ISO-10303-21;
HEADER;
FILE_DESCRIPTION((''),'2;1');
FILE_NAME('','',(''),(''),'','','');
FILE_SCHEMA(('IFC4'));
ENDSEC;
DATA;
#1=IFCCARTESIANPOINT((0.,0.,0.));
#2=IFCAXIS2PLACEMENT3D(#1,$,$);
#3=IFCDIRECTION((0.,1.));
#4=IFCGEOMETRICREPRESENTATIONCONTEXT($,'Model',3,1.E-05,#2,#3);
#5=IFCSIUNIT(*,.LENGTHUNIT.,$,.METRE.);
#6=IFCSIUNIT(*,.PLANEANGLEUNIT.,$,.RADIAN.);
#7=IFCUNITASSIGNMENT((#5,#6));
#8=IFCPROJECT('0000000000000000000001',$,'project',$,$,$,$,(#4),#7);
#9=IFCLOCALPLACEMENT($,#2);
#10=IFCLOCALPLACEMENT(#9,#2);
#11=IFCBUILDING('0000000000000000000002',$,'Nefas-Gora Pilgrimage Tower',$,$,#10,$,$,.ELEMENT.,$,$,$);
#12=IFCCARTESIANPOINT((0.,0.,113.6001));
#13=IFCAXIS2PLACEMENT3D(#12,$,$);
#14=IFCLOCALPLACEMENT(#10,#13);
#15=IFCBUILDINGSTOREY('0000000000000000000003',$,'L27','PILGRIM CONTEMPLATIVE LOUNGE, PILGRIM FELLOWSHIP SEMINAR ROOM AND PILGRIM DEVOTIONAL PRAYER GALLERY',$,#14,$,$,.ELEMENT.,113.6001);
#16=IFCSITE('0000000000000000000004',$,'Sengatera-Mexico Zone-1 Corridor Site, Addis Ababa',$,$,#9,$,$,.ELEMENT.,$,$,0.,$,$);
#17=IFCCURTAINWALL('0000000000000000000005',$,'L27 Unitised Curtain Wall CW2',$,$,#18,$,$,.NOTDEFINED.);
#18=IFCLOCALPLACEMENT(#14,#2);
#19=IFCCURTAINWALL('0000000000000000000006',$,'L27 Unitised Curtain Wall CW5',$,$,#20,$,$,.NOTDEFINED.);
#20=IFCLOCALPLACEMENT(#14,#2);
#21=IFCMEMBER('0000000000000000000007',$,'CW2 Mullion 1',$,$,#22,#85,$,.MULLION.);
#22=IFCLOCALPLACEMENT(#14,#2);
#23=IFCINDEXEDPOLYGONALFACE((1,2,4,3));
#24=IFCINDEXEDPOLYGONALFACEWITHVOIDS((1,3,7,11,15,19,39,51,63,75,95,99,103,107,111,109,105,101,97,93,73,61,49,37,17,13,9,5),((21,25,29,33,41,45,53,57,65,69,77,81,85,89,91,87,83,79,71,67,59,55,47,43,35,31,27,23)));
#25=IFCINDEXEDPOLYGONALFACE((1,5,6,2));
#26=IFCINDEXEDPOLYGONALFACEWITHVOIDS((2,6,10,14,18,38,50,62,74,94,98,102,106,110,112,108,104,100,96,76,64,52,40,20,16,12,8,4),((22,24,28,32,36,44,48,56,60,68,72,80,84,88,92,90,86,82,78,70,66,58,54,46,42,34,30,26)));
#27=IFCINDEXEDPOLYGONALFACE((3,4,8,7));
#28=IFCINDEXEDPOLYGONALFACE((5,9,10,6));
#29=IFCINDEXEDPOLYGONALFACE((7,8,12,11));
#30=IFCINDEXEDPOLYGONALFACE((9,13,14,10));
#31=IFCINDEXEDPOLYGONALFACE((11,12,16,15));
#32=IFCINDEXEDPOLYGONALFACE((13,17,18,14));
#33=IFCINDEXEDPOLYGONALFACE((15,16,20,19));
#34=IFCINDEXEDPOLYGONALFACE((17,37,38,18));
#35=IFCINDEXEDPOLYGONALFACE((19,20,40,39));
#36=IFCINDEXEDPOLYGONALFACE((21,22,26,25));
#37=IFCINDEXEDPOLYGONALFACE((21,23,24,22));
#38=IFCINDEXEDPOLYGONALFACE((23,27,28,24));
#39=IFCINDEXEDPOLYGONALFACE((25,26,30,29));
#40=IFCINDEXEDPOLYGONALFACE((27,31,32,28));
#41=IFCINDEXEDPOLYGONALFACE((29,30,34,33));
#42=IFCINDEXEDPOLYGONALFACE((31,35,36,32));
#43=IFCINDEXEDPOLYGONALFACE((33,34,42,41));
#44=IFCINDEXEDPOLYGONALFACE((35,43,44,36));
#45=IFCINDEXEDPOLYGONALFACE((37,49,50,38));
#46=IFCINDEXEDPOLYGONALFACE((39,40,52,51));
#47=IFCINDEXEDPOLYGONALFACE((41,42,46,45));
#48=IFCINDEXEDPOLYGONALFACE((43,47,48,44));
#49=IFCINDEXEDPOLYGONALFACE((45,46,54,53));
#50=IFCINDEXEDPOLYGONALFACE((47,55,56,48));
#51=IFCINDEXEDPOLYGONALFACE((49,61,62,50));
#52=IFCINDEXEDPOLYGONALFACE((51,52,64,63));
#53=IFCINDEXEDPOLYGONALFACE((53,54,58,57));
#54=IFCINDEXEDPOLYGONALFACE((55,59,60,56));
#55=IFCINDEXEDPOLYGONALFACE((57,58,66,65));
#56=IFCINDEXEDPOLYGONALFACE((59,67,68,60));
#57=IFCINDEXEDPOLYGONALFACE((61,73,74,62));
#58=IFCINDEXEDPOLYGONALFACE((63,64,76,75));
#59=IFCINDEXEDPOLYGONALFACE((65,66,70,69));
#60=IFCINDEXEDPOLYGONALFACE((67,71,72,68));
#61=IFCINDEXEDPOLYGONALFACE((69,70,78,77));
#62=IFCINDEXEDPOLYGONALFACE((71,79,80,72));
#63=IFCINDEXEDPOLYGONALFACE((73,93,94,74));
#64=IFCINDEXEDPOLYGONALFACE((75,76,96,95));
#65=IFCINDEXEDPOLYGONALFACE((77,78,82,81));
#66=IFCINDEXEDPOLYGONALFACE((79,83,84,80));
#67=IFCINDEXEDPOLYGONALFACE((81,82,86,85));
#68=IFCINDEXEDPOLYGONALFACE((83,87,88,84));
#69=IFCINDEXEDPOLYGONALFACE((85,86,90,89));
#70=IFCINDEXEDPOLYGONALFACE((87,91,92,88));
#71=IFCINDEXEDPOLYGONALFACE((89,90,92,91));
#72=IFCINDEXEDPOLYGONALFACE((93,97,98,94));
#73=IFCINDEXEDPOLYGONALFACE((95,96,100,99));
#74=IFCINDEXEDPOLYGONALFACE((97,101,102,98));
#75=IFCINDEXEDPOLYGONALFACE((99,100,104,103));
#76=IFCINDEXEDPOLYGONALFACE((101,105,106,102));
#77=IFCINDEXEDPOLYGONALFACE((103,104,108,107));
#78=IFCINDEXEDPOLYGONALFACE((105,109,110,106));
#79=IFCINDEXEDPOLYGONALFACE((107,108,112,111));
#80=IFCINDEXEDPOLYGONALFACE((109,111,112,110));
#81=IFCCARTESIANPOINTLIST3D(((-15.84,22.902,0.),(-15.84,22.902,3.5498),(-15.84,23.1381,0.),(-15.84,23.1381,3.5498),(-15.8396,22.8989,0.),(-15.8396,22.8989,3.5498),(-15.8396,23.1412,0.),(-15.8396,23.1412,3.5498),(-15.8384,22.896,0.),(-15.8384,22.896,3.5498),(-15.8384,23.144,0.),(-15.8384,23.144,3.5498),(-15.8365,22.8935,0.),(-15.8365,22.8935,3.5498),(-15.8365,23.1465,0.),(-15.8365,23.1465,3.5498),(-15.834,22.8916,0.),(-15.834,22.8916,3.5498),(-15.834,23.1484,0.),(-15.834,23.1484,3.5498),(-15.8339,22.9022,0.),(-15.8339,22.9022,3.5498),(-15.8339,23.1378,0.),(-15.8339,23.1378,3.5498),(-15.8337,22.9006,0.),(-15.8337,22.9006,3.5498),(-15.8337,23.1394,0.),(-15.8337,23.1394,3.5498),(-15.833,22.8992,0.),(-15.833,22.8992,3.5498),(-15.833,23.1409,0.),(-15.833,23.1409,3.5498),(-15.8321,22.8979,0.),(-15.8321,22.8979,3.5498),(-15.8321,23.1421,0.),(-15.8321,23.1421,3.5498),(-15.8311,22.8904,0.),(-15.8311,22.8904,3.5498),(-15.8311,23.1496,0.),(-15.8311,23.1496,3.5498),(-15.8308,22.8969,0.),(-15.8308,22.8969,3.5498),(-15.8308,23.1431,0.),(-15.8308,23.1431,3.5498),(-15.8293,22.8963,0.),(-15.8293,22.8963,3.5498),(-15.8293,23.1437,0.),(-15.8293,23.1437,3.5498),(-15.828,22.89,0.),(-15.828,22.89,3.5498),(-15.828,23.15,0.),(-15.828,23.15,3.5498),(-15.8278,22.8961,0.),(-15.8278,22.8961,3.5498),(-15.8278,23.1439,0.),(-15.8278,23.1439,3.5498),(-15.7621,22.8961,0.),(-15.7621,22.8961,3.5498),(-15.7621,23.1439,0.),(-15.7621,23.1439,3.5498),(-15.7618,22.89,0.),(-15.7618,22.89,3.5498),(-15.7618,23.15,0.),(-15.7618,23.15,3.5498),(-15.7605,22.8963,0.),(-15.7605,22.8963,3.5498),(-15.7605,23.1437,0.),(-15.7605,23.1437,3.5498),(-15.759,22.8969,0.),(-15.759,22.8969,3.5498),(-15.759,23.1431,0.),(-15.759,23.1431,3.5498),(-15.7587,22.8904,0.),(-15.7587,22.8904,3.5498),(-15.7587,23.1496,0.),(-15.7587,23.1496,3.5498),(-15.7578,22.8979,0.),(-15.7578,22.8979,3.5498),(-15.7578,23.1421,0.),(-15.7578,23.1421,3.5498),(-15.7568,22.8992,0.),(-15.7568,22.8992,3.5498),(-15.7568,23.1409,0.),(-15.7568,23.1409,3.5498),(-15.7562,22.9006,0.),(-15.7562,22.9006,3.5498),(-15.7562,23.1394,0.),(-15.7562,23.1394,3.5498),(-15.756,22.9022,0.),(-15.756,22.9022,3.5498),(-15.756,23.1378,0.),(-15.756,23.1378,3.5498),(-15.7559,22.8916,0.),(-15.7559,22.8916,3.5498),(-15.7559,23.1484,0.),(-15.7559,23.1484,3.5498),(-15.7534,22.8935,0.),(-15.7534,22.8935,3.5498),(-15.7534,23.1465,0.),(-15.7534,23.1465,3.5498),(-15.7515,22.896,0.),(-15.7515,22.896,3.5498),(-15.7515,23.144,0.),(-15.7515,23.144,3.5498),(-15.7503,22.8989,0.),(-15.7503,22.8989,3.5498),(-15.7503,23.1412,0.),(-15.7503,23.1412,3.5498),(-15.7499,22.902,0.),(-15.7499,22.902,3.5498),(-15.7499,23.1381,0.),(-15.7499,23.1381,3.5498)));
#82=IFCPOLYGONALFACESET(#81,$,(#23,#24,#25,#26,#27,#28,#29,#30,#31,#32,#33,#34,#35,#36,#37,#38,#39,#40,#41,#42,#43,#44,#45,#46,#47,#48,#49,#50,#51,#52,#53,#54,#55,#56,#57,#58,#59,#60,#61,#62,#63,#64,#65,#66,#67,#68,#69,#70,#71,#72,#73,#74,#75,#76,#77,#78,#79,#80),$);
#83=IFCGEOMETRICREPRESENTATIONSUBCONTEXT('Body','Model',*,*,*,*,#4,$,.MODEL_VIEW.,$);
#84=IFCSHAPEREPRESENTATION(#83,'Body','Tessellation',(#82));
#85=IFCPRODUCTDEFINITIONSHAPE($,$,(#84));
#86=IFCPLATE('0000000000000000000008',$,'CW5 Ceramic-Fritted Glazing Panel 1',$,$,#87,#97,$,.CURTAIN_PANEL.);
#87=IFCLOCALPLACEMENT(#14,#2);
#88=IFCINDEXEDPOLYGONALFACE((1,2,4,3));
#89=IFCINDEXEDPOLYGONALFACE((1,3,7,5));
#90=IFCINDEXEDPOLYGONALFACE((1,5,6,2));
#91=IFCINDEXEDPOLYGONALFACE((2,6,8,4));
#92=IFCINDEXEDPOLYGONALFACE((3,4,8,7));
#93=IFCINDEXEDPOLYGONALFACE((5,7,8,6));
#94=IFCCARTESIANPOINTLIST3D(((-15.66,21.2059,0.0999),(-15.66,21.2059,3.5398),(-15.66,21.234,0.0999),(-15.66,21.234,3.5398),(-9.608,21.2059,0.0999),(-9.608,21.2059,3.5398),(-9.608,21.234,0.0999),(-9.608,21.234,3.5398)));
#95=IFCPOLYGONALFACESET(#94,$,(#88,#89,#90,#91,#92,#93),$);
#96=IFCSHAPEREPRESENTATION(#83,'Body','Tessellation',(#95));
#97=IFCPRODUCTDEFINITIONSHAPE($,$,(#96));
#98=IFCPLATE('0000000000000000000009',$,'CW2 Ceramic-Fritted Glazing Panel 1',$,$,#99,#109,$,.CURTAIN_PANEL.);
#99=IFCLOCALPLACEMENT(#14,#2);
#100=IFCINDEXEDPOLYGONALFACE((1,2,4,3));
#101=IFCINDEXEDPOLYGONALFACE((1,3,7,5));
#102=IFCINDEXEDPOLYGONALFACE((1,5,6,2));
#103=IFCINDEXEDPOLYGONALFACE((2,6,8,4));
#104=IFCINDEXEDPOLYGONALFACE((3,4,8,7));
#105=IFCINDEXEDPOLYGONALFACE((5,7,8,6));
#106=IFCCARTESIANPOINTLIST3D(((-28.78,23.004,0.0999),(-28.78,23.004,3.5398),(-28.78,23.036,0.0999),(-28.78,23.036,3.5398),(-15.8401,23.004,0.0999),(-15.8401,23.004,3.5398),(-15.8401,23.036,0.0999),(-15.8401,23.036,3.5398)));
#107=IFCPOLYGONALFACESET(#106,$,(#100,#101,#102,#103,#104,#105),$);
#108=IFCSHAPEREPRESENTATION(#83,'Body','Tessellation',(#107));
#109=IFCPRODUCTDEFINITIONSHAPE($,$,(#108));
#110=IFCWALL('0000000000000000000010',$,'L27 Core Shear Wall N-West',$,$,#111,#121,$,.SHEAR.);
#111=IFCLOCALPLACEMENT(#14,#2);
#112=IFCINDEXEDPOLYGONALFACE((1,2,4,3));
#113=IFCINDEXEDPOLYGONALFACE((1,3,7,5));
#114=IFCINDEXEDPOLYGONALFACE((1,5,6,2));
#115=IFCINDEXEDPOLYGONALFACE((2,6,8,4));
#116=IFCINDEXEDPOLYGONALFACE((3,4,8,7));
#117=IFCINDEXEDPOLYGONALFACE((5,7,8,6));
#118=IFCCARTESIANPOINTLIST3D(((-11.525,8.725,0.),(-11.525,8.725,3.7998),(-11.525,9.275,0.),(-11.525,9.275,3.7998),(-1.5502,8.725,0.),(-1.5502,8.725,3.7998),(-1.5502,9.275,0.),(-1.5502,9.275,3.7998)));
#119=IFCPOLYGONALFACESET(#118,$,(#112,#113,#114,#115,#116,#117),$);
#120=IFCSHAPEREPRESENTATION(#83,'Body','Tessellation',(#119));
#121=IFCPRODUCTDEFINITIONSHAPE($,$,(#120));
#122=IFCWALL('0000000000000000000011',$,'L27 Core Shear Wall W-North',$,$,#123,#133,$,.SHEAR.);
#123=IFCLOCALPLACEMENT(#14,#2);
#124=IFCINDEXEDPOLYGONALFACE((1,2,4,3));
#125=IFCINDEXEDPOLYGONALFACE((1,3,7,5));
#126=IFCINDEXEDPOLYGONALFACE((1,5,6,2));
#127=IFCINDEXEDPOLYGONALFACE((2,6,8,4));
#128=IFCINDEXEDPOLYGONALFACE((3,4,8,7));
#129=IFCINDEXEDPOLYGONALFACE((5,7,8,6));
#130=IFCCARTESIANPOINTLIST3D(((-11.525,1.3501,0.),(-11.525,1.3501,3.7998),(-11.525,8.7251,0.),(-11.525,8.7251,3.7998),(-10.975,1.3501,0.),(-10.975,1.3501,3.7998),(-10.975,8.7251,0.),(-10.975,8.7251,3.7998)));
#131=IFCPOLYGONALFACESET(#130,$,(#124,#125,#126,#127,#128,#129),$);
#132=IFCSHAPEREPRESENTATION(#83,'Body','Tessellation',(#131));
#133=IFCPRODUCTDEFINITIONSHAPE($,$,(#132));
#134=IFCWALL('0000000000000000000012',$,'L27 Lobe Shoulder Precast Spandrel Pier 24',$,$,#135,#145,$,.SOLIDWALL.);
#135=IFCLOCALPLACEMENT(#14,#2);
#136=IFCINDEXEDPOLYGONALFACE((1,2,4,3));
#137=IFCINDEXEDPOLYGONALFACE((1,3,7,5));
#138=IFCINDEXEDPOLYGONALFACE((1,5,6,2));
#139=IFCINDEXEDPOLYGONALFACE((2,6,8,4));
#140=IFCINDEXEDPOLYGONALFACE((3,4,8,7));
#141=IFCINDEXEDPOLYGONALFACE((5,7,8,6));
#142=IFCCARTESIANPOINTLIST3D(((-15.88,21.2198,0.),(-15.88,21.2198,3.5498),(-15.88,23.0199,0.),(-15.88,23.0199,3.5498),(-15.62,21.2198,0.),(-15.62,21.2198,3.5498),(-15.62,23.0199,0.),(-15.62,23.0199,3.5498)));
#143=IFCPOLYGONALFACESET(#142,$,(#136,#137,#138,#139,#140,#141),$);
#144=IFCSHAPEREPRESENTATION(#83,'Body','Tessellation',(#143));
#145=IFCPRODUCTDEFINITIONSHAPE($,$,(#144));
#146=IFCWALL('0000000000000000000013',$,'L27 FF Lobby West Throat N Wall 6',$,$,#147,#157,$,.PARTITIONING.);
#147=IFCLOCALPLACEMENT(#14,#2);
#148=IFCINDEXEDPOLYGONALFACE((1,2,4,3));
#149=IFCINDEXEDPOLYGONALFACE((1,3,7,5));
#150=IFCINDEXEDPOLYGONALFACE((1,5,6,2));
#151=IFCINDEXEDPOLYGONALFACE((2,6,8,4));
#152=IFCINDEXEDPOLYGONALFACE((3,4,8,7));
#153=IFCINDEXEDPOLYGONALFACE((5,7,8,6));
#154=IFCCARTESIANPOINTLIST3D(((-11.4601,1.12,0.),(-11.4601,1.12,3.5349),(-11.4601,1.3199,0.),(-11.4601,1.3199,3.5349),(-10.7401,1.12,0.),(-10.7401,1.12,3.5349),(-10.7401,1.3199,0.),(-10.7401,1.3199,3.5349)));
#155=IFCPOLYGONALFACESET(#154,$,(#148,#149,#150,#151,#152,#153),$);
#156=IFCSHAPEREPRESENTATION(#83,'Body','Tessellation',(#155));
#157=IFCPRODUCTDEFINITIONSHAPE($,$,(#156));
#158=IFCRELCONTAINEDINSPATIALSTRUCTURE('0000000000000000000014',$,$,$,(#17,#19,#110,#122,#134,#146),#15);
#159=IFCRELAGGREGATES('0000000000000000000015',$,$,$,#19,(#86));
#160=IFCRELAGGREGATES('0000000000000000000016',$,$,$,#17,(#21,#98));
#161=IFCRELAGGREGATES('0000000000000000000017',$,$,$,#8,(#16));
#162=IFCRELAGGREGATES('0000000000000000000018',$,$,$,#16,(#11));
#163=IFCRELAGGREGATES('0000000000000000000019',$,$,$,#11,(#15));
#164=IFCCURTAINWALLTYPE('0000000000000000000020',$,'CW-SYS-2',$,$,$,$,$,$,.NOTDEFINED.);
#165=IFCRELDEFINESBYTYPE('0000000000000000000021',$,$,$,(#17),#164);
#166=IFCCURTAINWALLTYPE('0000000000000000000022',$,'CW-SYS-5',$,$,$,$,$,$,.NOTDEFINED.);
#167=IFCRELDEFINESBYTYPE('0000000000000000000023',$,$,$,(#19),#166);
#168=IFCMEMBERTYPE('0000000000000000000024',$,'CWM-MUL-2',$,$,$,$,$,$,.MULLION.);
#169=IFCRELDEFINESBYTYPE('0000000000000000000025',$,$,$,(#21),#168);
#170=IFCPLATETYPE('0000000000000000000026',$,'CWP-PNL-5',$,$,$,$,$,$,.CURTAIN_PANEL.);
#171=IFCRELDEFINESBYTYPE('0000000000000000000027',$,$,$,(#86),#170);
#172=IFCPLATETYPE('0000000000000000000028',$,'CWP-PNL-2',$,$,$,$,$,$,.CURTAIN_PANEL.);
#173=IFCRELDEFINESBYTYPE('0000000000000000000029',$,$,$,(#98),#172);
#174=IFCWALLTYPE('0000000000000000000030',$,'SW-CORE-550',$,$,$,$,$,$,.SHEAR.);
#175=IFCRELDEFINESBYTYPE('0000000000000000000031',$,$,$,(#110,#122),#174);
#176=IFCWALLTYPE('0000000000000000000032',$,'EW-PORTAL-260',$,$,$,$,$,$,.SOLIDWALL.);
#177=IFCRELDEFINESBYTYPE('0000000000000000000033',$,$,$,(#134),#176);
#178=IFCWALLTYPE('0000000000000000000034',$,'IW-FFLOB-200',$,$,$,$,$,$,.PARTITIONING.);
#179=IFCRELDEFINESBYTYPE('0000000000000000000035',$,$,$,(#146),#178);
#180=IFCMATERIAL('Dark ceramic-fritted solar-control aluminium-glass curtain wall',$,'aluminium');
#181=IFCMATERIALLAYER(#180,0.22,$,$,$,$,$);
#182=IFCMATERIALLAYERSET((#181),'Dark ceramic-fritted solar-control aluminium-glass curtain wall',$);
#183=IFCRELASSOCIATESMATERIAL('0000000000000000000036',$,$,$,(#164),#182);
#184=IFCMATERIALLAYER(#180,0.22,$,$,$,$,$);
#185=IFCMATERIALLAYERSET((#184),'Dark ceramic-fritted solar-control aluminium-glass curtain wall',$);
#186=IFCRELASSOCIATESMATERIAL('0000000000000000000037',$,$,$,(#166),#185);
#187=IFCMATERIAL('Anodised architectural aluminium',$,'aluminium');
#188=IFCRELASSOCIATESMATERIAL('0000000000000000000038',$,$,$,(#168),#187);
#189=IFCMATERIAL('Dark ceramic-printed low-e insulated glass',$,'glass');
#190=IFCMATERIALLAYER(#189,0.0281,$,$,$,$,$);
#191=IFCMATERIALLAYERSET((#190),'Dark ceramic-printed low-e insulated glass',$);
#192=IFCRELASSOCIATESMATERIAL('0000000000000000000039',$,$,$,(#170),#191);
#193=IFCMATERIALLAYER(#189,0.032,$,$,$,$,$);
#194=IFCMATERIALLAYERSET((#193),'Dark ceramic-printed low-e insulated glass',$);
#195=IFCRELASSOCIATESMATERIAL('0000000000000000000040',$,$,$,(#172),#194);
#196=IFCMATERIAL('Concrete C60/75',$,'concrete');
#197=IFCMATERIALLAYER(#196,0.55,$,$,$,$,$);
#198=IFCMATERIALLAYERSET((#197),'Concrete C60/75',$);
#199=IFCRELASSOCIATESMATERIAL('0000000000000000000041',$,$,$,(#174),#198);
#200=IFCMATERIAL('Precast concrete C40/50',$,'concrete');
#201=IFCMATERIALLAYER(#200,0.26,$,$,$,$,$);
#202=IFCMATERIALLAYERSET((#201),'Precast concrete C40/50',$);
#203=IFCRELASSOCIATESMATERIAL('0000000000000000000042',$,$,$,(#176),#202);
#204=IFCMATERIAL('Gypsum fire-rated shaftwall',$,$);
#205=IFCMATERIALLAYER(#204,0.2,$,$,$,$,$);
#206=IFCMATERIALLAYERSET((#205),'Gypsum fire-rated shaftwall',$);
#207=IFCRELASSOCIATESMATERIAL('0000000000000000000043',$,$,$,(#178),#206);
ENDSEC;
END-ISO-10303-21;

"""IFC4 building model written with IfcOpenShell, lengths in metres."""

from ifc_helpers import new_model, si_unit, direction, frame, frame_2d, origin, origin_2d, place, context, subcontext, project, spatial, rectangle, hollow_rectangle, extrude, source, transform, mapped, material, layer, layer_set, material_profile, profile_set, type_object, element, aggregate, save


model = new_model("IFC4")

# Units and contexts
model_context = context("Model", 3, precision=1e-05, world=origin(), true_north=direction((0.0, 1.0)))
body_context = subcontext(model_context, "Body", "Model", "MODEL_VIEW")
ifc_project = project(units=[si_unit("LENGTHUNIT", "METRE"), si_unit("PLANEANGLEUNIT", "RADIAN")], contexts=[model_context])

# Site, building, storey
site_placement = place(None, origin())
site = spatial("IfcSite", under=ifc_project, at=site_placement, Name="Sengatera-Mexico Zone-1 Corridor Site, Addis Ababa", CompositionType="ELEMENT", RefElevation=0.0)
building_placement = place(site_placement, origin())
building = spatial("IfcBuilding", under=site, at=building_placement, Name="Nefas-Gora Pilgrimage Tower", CompositionType="ELEMENT")
storey_placement = place(building_placement, frame((0.0, 0.0, 113.6001)))
storey = spatial("IfcBuildingStorey", under=building, at=storey_placement, Name="L27", Description="PILGRIM CONTEMPLATIVE LOUNGE, PILGRIM FELLOWSHIP SEMINAR ROOM AND PILGRIM DEVOTIONAL PRAYER GALLERY", CompositionType="ELEMENT", Elevation=113.6001)

# Curtain walls
ifc_material_1 = material(Name="Dark ceramic-fritted solar-control aluminium-glass curtain wall", Category="aluminium")
ifc_layer_1 = layer(ifc_material_1, 0.22)
ifc_layer_set_1 = layer_set([ifc_layer_1], Name="Dark ceramic-fritted solar-control aluminium-glass curtain wall")
curtain_wall_type_1 = type_object("IfcCurtainWallType", Name="CW-SYS-2", PredefinedType="NOTDEFINED", material=ifc_layer_set_1)
curtain_wall_1_placement = place(storey_placement, origin())
curtain_wall_1 = element("IfcCurtainWall", 1, at=curtain_wall_1_placement, inside=storey, type_object=curtain_wall_type_1, Name="L27 Unitised Curtain Wall CW2", PredefinedType="NOTDEFINED")
ifc_material_2 = material(Name="Anodised architectural aluminium", Category="aluminium")
ifc_layer_2 = layer(ifc_material_1, 0.22)
ifc_layer_set_2 = layer_set([ifc_layer_2], Name="Dark ceramic-fritted solar-control aluminium-glass curtain wall")
curtain_wall_type_2 = type_object("IfcCurtainWallType", Name="CW-SYS-5", PredefinedType="NOTDEFINED", material=ifc_layer_set_2)
curtain_wall_2_placement = place(storey_placement, origin())
curtain_wall_2 = element("IfcCurtainWall", 2, at=curtain_wall_2_placement, inside=storey, type_object=curtain_wall_type_2, Name="L27 Unitised Curtain Wall CW5", PredefinedType="NOTDEFINED")

# Member
ifc_material_profile_1 = material_profile(ifc_material_2, hollow_rectangle(XDim=0.0901, YDim=0.26, WallThickness=0.0061, InnerFilletRadius=0.0061, OuterFilletRadius=0.012, at=origin_2d()), Name="ALU MULLION 90x260")
ifc_profile_set_1 = profile_set([ifc_material_profile_1], Name="Anodised architectural aluminium")
member_type_1 = type_object("IfcMemberType", Name="CWM-MUL-2", PredefinedType="MULLION", material=ifc_profile_set_1)
shared_shape_1 = source(origin(), body_context, "Body", "SweptSolid", [
    extrude(hollow_rectangle(XDim=0.0901, YDim=0.26, WallThickness=0.0061, InnerFilletRadius=0.0061, OuterFilletRadius=0.012, at=origin_2d()), origin(), (0.0, 0.0, 1.0), 3.5498),
])
member_1_placement = place(storey_placement, frame((-15.7949, 23.02, 0.0), z_axis=(0.0, 0.0, 1.0), x_axis=(-1.0, 0.0, 0.0)))
member_1 = element("IfcMember", 3, at=member_1_placement, type_object=member_type_1, Name="CW2 Mullion 1", PredefinedType="MULLION", context=body_context, shape_type="MappedRepresentation", body=[
    mapped(shared_shape_1, transform((0.0, 0.0, 0.0), x_axis=(1.0, 0.0, 0.0), y_axis=(0.0, 1.0, 0.0), z_axis=(0.0, 0.0, 1.0), scale=1.0)),
])

# Plates
ifc_material_3 = material(Name="Dark ceramic-printed low-e insulated glass", Category="glass")
ifc_layer_3 = layer(ifc_material_3, 0.0281)
ifc_layer_set_3 = layer_set([ifc_layer_3], Name="Dark ceramic-printed low-e insulated glass")
plate_type_1 = type_object("IfcPlateType", Name="CWP-PNL-5", PredefinedType="CURTAIN_PANEL", material=ifc_layer_set_3)
shared_shape_2 = source(origin(), body_context, "Body", "SweptSolid", [
    extrude(rectangle(XDim=6.052, YDim=0.0281, at=origin_2d()), origin(), (0.0, 0.0, 1.0), 3.4399),
])
plate_1_placement = place(storey_placement, frame((-12.634, 21.22, 0.0999), z_axis=(0.0, 0.0, 1.0), x_axis=(-1.0, 0.0, 0.0)))
plate_1 = element("IfcPlate", 4, at=plate_1_placement, type_object=plate_type_1, Name="CW5 Ceramic-Fritted Glazing Panel 1", PredefinedType="CURTAIN_PANEL", context=body_context, shape_type="MappedRepresentation", body=[
    mapped(shared_shape_2, transform((0.0, 0.0, 0.0), x_axis=(1.0, 0.0, 0.0), y_axis=(0.0, 1.0, 0.0), z_axis=(0.0, 0.0, 1.0), scale=1.0)),
])
aggregate(curtain_wall_2, [plate_1])
ifc_layer_4 = layer(ifc_material_3, 0.032)
ifc_layer_set_4 = layer_set([ifc_layer_4], Name="Dark ceramic-printed low-e insulated glass")
plate_type_2 = type_object("IfcPlateType", Name="CWP-PNL-2", PredefinedType="CURTAIN_PANEL", material=ifc_layer_set_4)
shared_shape_3 = source(origin(), body_context, "Body", "SweptSolid", [
    extrude(rectangle(XDim=12.9399, YDim=0.032, at=origin_2d()), origin(), (0.0, 0.0, 1.0), 3.4399),
])
plate_2_placement = place(storey_placement, frame((-22.3101, 23.02, 0.0999), z_axis=(0.0, 0.0, 1.0), x_axis=(-1.0, 0.0, 0.0)))
plate_2 = element("IfcPlate", 5, at=plate_2_placement, type_object=plate_type_2, Name="CW2 Ceramic-Fritted Glazing Panel 1", PredefinedType="CURTAIN_PANEL", context=body_context, shape_type="MappedRepresentation", body=[
    mapped(shared_shape_3, transform((0.0, 0.0, 0.0), x_axis=(1.0, 0.0, 0.0), y_axis=(0.0, 1.0, 0.0), z_axis=(0.0, 0.0, 1.0), scale=1.0)),
])
aggregate(curtain_wall_1, [member_1, plate_2])

# Walls
ifc_material_4 = material(Name="Concrete C60/75", Category="concrete")
ifc_layer_5 = layer(ifc_material_4, 0.55)
ifc_layer_set_5 = layer_set([ifc_layer_5], Name="Concrete C60/75")
wall_type_1 = type_object("IfcWallType", Name="SW-CORE-550", PredefinedType="SHEAR", material=ifc_layer_set_5)
shared_shape_4 = source(origin(), body_context, "Body", "SweptSolid", [
    extrude(rectangle(XDim=9.9749, YDim=0.55, at=frame_2d((4.9873, 0.0))), origin(), (0.0, 0.0, 1.0), 3.7998),
])
wall_1_placement = place(storey_placement, frame((-11.5249, 9.0, 0.0), z_axis=(0.0, 0.0, 1.0), x_axis=(1.0, 0.0, 0.0)))
element("IfcWall", 6, at=wall_1_placement, inside=storey, type_object=wall_type_1, Name="L27 Core Shear Wall N-West", PredefinedType="SHEAR", context=body_context, shape_type="MappedRepresentation", body=[
    mapped(shared_shape_4, transform((0.0, 0.0, 0.0), x_axis=(1.0, 0.0, 0.0), y_axis=(0.0, 1.0, 0.0), z_axis=(0.0, 0.0, 1.0), scale=1.0)),
])
shared_shape_5 = source(origin(), body_context, "Body", "SweptSolid", [
    extrude(rectangle(XDim=7.375, YDim=0.55, at=frame_2d((3.6875, 0.0))), origin(), (0.0, 0.0, 1.0), 3.7998),
])
wall_2_placement = place(storey_placement, frame((-11.25, 1.3501, 0.0), z_axis=(0.0, 0.0, 1.0), x_axis=(0.0, 1.0, 0.0)))
element("IfcWall", 7, at=wall_2_placement, inside=storey, type_object=wall_type_1, Name="L27 Core Shear Wall W-North", PredefinedType="SHEAR", context=body_context, shape_type="MappedRepresentation", body=[
    mapped(shared_shape_5, transform((0.0, 0.0, 0.0), x_axis=(1.0, 0.0, 0.0), y_axis=(0.0, 1.0, 0.0), z_axis=(0.0, 0.0, 1.0), scale=1.0)),
])
ifc_material_5 = material(Name="Precast concrete C40/50", Category="concrete")
ifc_layer_6 = layer(ifc_material_5, 0.26)
ifc_layer_set_6 = layer_set([ifc_layer_6], Name="Precast concrete C40/50")
wall_type_2 = type_object("IfcWallType", Name="EW-PORTAL-260", PredefinedType="SOLIDWALL", material=ifc_layer_set_6)
shared_shape_6 = source(origin(), body_context, "Body", "SweptSolid", [
    extrude(rectangle(XDim=1.8, YDim=0.26, at=frame_2d((0.8999, 0.0))), origin(), (0.0, 0.0, 1.0), 3.5498),
])
wall_3_placement = place(storey_placement, frame((-15.75, 21.22, 0.0), z_axis=(0.0, 0.0, 1.0), x_axis=(0.0, 1.0, 0.0)))
element("IfcWall", 8, at=wall_3_placement, inside=storey, type_object=wall_type_2, Name="L27 Lobe Shoulder Precast Spandrel Pier 24", PredefinedType="SOLIDWALL", context=body_context, shape_type="MappedRepresentation", body=[
    mapped(shared_shape_6, transform((0.0, 0.0, 0.0), x_axis=(1.0, 0.0, 0.0), y_axis=(0.0, 1.0, 0.0), z_axis=(0.0, 0.0, 1.0), scale=1.0)),
])
ifc_material_6 = material(Name="Gypsum fire-rated shaftwall")
ifc_layer_7 = layer(ifc_material_6, 0.2)
ifc_layer_set_7 = layer_set([ifc_layer_7], Name="Gypsum fire-rated shaftwall")
wall_type_3 = type_object("IfcWallType", Name="IW-FFLOB-200", PredefinedType="PARTITIONING", material=ifc_layer_set_7)
shared_shape_7 = source(origin(), body_context, "Body", "SweptSolid", [
    extrude(rectangle(XDim=0.72, YDim=0.2, at=frame_2d((0.3599, 0.0))), origin(), (0.0, 0.0, 1.0), 3.5349),
])
wall_4_placement = place(storey_placement, frame((-11.46, 1.22, 0.0), z_axis=(0.0, 0.0, 1.0), x_axis=(1.0, 0.0, 0.0)))
element("IfcWall", 9, at=wall_4_placement, inside=storey, type_object=wall_type_3, Name="L27 FF Lobby West Throat N Wall 6", PredefinedType="PARTITIONING", context=body_context, shape_type="MappedRepresentation", body=[
    mapped(shared_shape_7, transform((0.0, 0.0, 0.0), x_axis=(1.0, 0.0, 0.0), y_axis=(0.0, 1.0, 0.0), z_axis=(0.0, 0.0, 1.0), scale=1.0)),
])

save(model, "model.ifc")
